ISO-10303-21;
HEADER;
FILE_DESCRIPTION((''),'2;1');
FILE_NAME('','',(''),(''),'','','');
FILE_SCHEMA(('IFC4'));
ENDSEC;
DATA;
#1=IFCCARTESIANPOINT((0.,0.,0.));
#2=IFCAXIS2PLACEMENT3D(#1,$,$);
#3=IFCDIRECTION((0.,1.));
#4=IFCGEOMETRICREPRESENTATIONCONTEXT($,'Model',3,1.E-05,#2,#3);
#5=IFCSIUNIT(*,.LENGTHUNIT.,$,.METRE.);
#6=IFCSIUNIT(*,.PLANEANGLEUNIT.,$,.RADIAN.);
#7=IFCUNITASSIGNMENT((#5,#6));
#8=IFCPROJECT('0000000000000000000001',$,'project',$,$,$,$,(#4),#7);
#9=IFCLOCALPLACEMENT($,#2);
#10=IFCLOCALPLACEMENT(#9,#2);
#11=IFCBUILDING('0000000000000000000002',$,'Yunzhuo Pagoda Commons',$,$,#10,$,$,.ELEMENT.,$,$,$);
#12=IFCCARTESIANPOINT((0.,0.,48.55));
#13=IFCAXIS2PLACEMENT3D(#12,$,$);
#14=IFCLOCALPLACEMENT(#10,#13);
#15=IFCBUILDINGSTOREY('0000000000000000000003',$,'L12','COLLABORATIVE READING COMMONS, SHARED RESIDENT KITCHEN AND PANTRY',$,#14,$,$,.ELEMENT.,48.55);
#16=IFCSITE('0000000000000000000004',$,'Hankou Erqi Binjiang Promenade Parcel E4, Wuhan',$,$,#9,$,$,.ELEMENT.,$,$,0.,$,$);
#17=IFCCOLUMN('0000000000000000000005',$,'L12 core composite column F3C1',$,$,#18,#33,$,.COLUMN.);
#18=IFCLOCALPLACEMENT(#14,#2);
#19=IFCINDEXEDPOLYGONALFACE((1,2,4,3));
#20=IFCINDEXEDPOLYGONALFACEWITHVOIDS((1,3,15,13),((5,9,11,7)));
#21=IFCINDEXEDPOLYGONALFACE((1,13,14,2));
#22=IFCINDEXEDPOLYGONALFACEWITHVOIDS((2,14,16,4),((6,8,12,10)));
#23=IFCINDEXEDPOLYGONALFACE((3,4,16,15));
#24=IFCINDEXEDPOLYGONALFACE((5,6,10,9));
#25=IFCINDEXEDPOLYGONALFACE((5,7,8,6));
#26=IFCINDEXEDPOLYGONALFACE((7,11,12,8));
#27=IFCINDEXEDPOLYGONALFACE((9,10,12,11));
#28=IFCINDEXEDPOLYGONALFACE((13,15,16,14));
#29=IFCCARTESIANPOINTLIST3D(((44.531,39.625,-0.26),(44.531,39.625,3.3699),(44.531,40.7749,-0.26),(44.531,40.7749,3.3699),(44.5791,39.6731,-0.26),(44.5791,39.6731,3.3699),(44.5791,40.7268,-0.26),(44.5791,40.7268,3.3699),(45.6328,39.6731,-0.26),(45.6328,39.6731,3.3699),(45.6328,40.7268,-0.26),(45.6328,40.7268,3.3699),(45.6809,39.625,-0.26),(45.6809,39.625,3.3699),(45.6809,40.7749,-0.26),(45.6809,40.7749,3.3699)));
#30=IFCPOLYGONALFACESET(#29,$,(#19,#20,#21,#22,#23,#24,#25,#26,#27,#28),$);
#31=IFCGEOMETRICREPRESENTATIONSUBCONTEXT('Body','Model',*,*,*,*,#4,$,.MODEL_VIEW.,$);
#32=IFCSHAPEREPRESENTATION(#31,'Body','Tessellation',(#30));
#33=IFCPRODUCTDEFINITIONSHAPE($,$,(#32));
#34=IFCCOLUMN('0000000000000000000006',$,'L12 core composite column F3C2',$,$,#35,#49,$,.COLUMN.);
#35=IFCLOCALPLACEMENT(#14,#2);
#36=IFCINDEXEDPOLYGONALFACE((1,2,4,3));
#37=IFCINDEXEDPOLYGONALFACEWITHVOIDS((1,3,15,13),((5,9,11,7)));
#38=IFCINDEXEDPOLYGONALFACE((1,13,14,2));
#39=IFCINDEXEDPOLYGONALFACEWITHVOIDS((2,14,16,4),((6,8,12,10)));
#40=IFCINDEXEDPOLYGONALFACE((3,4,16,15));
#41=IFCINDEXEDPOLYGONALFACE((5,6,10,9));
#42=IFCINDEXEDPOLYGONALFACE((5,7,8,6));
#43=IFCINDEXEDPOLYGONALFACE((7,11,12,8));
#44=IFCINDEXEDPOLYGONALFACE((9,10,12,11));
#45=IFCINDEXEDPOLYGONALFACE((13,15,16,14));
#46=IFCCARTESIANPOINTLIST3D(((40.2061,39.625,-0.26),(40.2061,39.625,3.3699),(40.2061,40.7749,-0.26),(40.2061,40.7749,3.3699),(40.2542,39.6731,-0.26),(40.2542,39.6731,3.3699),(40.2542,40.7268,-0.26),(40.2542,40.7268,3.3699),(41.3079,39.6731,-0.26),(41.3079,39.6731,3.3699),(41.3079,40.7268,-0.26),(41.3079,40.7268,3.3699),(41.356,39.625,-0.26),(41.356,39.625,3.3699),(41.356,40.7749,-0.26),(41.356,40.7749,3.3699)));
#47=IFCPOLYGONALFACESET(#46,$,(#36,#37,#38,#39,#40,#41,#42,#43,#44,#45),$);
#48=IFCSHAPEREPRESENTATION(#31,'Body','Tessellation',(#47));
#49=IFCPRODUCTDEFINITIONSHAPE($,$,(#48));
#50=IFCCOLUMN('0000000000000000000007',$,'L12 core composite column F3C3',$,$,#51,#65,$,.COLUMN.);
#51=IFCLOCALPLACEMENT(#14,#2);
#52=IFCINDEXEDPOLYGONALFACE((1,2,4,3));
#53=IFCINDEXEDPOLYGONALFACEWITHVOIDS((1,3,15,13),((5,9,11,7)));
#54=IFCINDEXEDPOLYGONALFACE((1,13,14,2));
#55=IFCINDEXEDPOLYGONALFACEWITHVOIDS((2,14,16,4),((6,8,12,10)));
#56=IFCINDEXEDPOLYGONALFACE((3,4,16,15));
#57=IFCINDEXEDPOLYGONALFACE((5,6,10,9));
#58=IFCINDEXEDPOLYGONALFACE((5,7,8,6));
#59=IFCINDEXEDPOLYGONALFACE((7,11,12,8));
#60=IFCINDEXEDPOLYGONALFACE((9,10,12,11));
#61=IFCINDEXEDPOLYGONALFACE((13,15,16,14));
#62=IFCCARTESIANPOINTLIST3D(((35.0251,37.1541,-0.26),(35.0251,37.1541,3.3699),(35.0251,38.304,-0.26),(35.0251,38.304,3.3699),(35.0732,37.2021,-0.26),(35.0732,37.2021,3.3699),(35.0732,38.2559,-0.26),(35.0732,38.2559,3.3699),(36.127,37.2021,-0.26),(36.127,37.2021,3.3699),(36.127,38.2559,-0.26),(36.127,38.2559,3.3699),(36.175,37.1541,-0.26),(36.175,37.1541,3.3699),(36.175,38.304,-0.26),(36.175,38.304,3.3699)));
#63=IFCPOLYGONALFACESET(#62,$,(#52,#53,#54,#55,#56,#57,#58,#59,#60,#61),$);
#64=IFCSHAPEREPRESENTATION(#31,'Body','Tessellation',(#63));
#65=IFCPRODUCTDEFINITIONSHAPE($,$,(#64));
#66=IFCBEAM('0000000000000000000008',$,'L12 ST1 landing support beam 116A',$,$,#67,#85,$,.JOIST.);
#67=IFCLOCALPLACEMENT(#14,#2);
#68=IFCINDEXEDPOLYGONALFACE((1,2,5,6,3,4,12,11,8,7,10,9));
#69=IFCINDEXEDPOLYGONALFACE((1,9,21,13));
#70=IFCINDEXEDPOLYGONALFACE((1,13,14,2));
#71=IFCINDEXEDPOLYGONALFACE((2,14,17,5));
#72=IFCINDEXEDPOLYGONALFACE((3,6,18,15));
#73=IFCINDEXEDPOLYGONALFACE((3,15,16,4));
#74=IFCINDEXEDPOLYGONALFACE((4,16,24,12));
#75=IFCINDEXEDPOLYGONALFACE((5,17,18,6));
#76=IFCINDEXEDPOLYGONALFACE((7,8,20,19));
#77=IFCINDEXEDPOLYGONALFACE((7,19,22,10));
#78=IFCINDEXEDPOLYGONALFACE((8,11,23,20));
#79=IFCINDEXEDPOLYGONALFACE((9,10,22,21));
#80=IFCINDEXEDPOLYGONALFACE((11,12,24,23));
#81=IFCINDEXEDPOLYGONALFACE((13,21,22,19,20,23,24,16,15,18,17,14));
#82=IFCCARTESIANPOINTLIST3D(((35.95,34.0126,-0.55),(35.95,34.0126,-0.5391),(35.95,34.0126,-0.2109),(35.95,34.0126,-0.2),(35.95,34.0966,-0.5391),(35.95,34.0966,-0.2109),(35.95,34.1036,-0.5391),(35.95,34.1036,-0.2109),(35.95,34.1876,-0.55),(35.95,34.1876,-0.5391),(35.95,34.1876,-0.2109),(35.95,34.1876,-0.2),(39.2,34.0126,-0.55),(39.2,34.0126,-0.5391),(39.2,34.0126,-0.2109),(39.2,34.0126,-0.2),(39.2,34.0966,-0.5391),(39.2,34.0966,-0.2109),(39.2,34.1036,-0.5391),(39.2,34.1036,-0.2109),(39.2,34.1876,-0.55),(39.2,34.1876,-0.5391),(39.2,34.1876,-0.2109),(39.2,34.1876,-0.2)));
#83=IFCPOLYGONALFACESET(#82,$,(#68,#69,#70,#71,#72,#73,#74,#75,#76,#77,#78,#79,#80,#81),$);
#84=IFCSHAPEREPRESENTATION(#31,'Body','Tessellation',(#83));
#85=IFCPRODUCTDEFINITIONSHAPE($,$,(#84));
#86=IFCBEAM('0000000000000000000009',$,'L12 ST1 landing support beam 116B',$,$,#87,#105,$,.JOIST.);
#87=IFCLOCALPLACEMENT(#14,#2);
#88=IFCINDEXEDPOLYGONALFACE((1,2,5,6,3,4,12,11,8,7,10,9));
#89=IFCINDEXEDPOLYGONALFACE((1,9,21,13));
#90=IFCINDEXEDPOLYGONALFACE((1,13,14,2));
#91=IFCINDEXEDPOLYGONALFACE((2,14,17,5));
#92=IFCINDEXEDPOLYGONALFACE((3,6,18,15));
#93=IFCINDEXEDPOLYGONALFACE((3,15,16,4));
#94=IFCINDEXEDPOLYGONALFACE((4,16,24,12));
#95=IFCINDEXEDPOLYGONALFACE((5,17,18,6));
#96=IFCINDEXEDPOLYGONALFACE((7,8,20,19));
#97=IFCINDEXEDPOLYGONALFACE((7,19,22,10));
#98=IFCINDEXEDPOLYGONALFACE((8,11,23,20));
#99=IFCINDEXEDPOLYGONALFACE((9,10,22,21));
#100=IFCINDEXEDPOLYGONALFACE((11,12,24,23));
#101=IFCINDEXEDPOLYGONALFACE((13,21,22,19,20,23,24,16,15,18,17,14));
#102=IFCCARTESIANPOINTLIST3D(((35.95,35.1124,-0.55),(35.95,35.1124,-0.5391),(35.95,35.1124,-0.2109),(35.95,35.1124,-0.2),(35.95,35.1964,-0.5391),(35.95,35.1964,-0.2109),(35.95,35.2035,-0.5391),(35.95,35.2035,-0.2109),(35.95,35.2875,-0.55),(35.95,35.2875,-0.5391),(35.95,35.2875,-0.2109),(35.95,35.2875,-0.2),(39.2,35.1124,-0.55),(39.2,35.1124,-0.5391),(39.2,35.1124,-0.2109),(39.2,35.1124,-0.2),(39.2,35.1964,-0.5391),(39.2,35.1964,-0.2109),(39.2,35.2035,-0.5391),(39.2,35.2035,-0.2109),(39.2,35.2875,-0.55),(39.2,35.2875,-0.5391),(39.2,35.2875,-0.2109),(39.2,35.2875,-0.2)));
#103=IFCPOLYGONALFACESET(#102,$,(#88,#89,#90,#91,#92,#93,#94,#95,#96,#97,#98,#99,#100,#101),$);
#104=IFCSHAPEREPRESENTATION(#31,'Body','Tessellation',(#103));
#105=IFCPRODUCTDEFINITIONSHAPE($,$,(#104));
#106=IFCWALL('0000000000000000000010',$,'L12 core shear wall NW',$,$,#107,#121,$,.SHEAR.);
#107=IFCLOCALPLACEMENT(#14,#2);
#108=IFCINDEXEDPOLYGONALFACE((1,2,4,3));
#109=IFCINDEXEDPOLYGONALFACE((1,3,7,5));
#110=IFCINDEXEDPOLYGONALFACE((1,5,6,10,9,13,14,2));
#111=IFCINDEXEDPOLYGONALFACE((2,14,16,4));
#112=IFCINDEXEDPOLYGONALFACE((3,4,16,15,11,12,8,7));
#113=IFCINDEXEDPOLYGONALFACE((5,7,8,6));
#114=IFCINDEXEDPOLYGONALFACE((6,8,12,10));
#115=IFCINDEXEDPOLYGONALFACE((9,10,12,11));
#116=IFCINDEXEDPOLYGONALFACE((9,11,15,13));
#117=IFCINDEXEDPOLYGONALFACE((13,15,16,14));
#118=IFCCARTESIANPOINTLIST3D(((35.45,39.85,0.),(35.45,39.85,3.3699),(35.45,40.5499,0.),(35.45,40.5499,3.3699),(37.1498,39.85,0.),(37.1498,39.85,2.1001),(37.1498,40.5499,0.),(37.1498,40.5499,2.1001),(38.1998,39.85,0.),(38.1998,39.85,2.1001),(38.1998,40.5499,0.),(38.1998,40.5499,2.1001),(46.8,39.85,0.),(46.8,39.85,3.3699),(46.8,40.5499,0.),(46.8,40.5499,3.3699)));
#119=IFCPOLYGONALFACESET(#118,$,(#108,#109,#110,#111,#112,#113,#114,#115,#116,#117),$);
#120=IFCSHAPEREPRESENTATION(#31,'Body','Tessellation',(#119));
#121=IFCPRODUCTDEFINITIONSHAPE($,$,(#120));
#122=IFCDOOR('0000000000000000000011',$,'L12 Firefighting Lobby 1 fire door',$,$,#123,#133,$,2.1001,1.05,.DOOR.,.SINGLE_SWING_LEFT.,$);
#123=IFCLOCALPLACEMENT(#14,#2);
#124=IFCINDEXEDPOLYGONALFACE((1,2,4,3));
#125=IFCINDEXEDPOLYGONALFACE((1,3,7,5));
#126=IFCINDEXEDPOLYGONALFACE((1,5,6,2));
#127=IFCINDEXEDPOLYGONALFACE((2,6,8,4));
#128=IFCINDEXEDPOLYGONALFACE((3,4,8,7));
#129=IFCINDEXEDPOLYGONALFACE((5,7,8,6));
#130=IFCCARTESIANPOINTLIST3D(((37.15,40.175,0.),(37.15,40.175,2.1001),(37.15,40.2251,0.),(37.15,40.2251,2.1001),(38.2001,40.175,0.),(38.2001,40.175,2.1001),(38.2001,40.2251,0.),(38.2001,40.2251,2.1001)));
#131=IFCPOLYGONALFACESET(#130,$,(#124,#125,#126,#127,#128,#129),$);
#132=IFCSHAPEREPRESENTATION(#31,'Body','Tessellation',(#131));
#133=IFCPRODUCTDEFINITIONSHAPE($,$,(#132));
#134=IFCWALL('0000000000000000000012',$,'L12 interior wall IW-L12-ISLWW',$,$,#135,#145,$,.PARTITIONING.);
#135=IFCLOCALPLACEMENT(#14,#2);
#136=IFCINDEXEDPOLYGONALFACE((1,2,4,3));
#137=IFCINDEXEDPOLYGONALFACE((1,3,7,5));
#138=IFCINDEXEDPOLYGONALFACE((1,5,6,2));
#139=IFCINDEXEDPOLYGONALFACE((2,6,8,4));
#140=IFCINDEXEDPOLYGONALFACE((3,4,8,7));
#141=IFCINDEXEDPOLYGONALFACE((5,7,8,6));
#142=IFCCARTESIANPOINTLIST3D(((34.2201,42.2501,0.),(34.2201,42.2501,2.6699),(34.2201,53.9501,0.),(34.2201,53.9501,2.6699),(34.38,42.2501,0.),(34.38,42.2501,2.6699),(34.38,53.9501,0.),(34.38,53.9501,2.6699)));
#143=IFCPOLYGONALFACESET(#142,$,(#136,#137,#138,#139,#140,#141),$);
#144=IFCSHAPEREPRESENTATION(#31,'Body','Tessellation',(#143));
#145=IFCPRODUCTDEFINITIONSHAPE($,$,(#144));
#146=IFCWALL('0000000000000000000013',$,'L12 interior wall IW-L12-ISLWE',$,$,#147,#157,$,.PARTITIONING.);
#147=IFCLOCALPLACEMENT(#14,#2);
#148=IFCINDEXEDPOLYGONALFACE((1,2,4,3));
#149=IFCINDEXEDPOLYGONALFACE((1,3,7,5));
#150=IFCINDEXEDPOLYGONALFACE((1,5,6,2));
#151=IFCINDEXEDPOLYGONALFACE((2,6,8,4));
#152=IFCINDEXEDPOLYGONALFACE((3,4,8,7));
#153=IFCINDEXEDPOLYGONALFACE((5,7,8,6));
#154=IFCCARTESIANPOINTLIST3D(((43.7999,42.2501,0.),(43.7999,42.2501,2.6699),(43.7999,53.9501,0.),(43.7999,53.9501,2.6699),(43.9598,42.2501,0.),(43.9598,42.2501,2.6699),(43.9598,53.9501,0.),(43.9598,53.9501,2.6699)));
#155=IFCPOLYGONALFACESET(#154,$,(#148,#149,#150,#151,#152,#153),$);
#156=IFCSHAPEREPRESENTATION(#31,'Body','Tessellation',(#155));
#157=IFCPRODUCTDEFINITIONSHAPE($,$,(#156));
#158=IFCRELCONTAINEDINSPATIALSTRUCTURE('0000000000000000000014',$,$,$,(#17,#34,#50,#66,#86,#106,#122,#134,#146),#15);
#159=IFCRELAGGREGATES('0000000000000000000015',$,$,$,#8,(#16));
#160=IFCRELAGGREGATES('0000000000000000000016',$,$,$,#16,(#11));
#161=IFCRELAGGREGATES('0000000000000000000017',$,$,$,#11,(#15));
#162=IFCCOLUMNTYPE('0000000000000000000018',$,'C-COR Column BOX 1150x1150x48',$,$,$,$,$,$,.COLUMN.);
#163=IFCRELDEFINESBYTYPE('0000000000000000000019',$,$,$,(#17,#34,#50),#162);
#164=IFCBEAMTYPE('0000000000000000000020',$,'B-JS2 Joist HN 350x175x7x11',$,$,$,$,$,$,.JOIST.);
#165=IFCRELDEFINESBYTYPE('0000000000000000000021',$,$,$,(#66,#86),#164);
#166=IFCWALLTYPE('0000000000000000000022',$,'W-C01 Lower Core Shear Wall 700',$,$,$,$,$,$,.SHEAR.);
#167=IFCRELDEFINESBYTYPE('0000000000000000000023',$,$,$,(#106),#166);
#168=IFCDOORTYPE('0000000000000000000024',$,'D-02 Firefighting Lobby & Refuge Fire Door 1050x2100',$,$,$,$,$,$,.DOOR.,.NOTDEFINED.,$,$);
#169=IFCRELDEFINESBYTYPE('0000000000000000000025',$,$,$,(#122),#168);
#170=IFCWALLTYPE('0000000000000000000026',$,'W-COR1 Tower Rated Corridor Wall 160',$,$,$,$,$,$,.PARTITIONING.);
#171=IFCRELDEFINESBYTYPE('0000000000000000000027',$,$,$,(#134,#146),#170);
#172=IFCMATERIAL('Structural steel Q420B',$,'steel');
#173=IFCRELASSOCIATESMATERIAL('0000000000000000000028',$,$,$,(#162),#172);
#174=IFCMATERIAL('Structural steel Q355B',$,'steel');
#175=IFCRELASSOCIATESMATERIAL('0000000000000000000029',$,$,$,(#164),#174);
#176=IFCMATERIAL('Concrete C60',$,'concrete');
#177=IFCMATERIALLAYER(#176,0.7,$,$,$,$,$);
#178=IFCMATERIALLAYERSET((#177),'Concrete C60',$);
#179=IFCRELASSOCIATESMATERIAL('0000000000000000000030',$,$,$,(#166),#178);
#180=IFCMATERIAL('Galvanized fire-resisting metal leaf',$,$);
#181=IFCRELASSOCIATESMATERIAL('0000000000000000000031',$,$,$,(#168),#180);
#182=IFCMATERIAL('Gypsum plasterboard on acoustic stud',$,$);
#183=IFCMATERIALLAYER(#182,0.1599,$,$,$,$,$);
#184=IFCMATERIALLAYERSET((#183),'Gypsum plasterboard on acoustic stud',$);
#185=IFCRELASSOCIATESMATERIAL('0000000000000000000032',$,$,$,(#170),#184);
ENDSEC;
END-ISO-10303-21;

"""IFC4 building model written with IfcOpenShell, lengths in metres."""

from ifc_helpers import new_model, si_unit, direction, frame, frame_2d, origin, origin_2d, place, context, subcontext, project, spatial, rectangle, hollow_rectangle, i_section, extrude, source, transform, mapped, material, layer, layer_set, material_profile, profile_set, type_object, element, fill, save


model = new_model("IFC4")

# Units and contexts
model_context = context("Model", 3, precision=1e-05, world=origin(), true_north=direction((0.0, 1.0)))
body_context = subcontext(model_context, "Body", "Model", "MODEL_VIEW")
ifc_project = project(units=[si_unit("LENGTHUNIT", "METRE"), si_unit("PLANEANGLEUNIT", "RADIAN")], contexts=[model_context])

# Site, building, storey
site_placement = place(None, origin())
site = spatial("IfcSite", under=ifc_project, at=site_placement, Name="Hankou Erqi Binjiang Promenade Parcel E4, Wuhan", CompositionType="ELEMENT", RefElevation=0.0)
building_placement = place(site_placement, origin())
building = spatial("IfcBuilding", under=site, at=building_placement, Name="Yunzhuo Pagoda Commons", CompositionType="ELEMENT")
storey_placement = place(building_placement, frame((0.0, 0.0, 48.55)))
storey = spatial("IfcBuildingStorey", under=building, at=storey_placement, Name="L12", Description="COLLABORATIVE READING COMMONS, SHARED RESIDENT KITCHEN AND PANTRY", CompositionType="ELEMENT", Elevation=48.55)

# Columns
ifc_material_1 = material(Name="Structural steel Q420B", Category="steel")
ifc_material_profile_1 = material_profile(ifc_material_1, hollow_rectangle(XDim=1.1499, YDim=1.1499, WallThickness=0.0481, at=origin_2d()), Name="Structural steel Q420B")
ifc_profile_set_1 = profile_set([ifc_material_profile_1], Name="Structural steel Q420B")
column_type = type_object("IfcColumnType", Name="C-COR Column BOX 1150x1150x48", PredefinedType="COLUMN", material=ifc_profile_set_1)
shared_shape_1 = source(origin(), body_context, "Body", "SweptSolid", [
    extrude(hollow_rectangle(XDim=1.1499, YDim=1.1499, WallThickness=0.0481, at=origin_2d()), origin(), (0.0, 0.0, 1.0), 3.6299),
])
for number, where, z_axis, x_axis, name in (
    (1, (45.106, 40.2, -0.26), (0.0, 0.0, 1.0), (1.0, 0.0, 0.0), "L12 core composite column F3C1"),
    (2, (40.781, 40.2, -0.26), (0.0, 0.0, 1.0), (1.0, 0.0, 0.0), "L12 core composite column F3C2"),
    (3, (35.6001, 37.729, -0.26), (0.0, 0.0, 1.0), (1.0, 0.0, 0.0), "L12 core composite column F3C3"),
):
    element("IfcColumn", number, at=place(storey_placement, frame(where, z_axis=z_axis, x_axis=x_axis)), inside=storey, type_object=column_type, Name=name, PredefinedType="COLUMN", context=body_context, shape_type="MappedRepresentation", body=[
        mapped(shared_shape_1, transform((0.0, 0.0, 0.0), scale=1.0)),
    ])

# Beams
ifc_material_2 = material(Name="Structural steel Q355B", Category="steel")
ifc_material_profile_2 = material_profile(ifc_material_2, i_section(OverallWidth=0.175, OverallDepth=0.3501, WebThickness=0.0071, FlangeThickness=0.011, at=origin_2d()), Name="Structural steel Q355B")
ifc_profile_set_2 = profile_set([ifc_material_profile_2], Name="Structural steel Q355B")
beam_type = type_object("IfcBeamType", Name="B-JS2 Joist HN 350x175x7x11", PredefinedType="JOIST", material=ifc_profile_set_2)
shared_shape_2 = source(origin(), body_context, "Body", "SweptSolid", [
    extrude(i_section(OverallWidth=0.175, OverallDepth=0.3501, WebThickness=0.0071, FlangeThickness=0.011, at=origin_2d()), origin(), (0.0, 0.0, 1.0), 3.25),
])
for number, where, z_axis, x_axis, name in (
    (4, (35.95, 34.1001, -0.375), (1.0, 0.0, 0.0), (0.0, 1.0, 0.0), "L12 ST1 landing support beam 116A"),
    (5, (35.95, 35.2, -0.375), (1.0, 0.0, 0.0), (0.0, 1.0, 0.0), "L12 ST1 landing support beam 116B"),
):
    element("IfcBeam", number, at=place(storey_placement, frame(where, z_axis=z_axis, x_axis=x_axis)), inside=storey, type_object=beam_type, Name=name, PredefinedType="JOIST", context=body_context, shape_type="MappedRepresentation", body=[
        mapped(shared_shape_2, transform((0.0, 0.0, 0.0), scale=1.0)),
    ])

# Wall, opening, door
ifc_material_3 = material(Name="Concrete C60", Category="concrete")
ifc_layer_1 = layer(ifc_material_3, 0.7)
ifc_layer_set_1 = layer_set([ifc_layer_1], Name="Concrete C60")
wall_type_1 = type_object("IfcWallType", Name="W-C01 Lower Core Shear Wall 700", PredefinedType="SHEAR", material=ifc_layer_set_1)
wall_1_placement = place(storey_placement, frame((35.45, 40.2, 0.0), z_axis=(0.0, 0.0, 1.0), x_axis=(1.0, 0.0, 0.0)))
wall_1 = element("IfcWall", 6, at=wall_1_placement, inside=storey, type_object=wall_type_1, Name="L12 core shear wall NW", PredefinedType="SHEAR", context=body_context, shape_type="SweptSolid", body=[
    extrude(rectangle(XDim=11.3501, YDim=0.7, at=frame_2d((5.675, 0.0))), origin(), (0.0, 0.0, 1.0), 3.3699),
])
opening_1_placement = place(wall_1_placement, frame((1.7, 0.0, 0.0)))
opening_1 = element("IfcOpeningElement", 7, at=opening_1_placement, cuts=wall_1, PredefinedType="OPENING", context=body_context, shape_type="SweptSolid", body=[
    extrude(rectangle(XDim=1.05, YDim=2.1001, at=frame_2d((0.5249, 1.05))), frame((0.0, 0.3599, 0.0), z_axis=(0.0, -1.0, 0.0), x_axis=(1.0, 0.0, 0.0)), (0.0, 0.0, 1.0), 0.72),
])
ifc_material_4 = material(Name="Galvanized fire-resisting metal leaf")
door_type_1 = type_object("IfcDoorType", Name="D-02 Firefighting Lobby & Refuge Fire Door 1050x2100", OperationType="NOTDEFINED", PredefinedType="DOOR", material=ifc_material_4)
shared_shape_3 = source(origin(), body_context, "Body", "SweptSolid", [
    extrude(rectangle(XDim=1.05, YDim=2.1001, at=frame_2d((0.5249, 1.05))), frame((0.0, 0.0249, 0.0), z_axis=(0.0, -1.0, 0.0), x_axis=(1.0, 0.0, 0.0)), (0.0, 0.0, 1.0), 0.05),
])
door_1_placement = place(opening_1_placement, frame((1.05, 0.0, 0.0), z_axis=(0.0, 0.0, 1.0), x_axis=(-1.0, 0.0, 0.0)))
door_1 = element("IfcDoor", 8, at=door_1_placement, inside=storey, type_object=door_type_1, Name="L12 Firefighting Lobby 1 fire door", OperationType="SINGLE_SWING_LEFT", OverallHeight=2.1001, OverallWidth=1.05, PredefinedType="DOOR", context=body_context, shape_type="MappedRepresentation", body=[
    mapped(shared_shape_3, transform((0.0, 0.0, 0.0), scale=1.0)),
])
fill(opening_1, door_1)

# Walls
ifc_material_5 = material(Name="Gypsum plasterboard on acoustic stud")
ifc_layer_2 = layer(ifc_material_5, 0.1599)
ifc_layer_set_2 = layer_set([ifc_layer_2], Name="Gypsum plasterboard on acoustic stud")
wall_type_2 = type_object("IfcWallType", Name="W-COR1 Tower Rated Corridor Wall 160", PredefinedType="PARTITIONING", material=ifc_layer_set_2)
for number, where, z_axis, x_axis, name in (
    (9, (34.3, 42.25, 0.0), (0.0, 0.0, 1.0), (0.0, 1.0, 0.0), "L12 interior wall IW-L12-ISLWW"),
    (10, (43.8799, 42.25, 0.0), (0.0, 0.0, 1.0), (0.0, 1.0, 0.0), "L12 interior wall IW-L12-ISLWE"),
):
    element("IfcWall", number, at=place(storey_placement, frame(where, z_axis=z_axis, x_axis=x_axis)), inside=storey, type_object=wall_type_2, Name=name, PredefinedType="PARTITIONING", context=body_context, shape_type="SweptSolid", body=[
        extrude(rectangle(XDim=11.7, YDim=0.1599, at=frame_2d((5.8501, 0.0))), origin(), (0.0, 0.0, 1.0), 2.6699),
    ])

save(model, "model.ifc")
